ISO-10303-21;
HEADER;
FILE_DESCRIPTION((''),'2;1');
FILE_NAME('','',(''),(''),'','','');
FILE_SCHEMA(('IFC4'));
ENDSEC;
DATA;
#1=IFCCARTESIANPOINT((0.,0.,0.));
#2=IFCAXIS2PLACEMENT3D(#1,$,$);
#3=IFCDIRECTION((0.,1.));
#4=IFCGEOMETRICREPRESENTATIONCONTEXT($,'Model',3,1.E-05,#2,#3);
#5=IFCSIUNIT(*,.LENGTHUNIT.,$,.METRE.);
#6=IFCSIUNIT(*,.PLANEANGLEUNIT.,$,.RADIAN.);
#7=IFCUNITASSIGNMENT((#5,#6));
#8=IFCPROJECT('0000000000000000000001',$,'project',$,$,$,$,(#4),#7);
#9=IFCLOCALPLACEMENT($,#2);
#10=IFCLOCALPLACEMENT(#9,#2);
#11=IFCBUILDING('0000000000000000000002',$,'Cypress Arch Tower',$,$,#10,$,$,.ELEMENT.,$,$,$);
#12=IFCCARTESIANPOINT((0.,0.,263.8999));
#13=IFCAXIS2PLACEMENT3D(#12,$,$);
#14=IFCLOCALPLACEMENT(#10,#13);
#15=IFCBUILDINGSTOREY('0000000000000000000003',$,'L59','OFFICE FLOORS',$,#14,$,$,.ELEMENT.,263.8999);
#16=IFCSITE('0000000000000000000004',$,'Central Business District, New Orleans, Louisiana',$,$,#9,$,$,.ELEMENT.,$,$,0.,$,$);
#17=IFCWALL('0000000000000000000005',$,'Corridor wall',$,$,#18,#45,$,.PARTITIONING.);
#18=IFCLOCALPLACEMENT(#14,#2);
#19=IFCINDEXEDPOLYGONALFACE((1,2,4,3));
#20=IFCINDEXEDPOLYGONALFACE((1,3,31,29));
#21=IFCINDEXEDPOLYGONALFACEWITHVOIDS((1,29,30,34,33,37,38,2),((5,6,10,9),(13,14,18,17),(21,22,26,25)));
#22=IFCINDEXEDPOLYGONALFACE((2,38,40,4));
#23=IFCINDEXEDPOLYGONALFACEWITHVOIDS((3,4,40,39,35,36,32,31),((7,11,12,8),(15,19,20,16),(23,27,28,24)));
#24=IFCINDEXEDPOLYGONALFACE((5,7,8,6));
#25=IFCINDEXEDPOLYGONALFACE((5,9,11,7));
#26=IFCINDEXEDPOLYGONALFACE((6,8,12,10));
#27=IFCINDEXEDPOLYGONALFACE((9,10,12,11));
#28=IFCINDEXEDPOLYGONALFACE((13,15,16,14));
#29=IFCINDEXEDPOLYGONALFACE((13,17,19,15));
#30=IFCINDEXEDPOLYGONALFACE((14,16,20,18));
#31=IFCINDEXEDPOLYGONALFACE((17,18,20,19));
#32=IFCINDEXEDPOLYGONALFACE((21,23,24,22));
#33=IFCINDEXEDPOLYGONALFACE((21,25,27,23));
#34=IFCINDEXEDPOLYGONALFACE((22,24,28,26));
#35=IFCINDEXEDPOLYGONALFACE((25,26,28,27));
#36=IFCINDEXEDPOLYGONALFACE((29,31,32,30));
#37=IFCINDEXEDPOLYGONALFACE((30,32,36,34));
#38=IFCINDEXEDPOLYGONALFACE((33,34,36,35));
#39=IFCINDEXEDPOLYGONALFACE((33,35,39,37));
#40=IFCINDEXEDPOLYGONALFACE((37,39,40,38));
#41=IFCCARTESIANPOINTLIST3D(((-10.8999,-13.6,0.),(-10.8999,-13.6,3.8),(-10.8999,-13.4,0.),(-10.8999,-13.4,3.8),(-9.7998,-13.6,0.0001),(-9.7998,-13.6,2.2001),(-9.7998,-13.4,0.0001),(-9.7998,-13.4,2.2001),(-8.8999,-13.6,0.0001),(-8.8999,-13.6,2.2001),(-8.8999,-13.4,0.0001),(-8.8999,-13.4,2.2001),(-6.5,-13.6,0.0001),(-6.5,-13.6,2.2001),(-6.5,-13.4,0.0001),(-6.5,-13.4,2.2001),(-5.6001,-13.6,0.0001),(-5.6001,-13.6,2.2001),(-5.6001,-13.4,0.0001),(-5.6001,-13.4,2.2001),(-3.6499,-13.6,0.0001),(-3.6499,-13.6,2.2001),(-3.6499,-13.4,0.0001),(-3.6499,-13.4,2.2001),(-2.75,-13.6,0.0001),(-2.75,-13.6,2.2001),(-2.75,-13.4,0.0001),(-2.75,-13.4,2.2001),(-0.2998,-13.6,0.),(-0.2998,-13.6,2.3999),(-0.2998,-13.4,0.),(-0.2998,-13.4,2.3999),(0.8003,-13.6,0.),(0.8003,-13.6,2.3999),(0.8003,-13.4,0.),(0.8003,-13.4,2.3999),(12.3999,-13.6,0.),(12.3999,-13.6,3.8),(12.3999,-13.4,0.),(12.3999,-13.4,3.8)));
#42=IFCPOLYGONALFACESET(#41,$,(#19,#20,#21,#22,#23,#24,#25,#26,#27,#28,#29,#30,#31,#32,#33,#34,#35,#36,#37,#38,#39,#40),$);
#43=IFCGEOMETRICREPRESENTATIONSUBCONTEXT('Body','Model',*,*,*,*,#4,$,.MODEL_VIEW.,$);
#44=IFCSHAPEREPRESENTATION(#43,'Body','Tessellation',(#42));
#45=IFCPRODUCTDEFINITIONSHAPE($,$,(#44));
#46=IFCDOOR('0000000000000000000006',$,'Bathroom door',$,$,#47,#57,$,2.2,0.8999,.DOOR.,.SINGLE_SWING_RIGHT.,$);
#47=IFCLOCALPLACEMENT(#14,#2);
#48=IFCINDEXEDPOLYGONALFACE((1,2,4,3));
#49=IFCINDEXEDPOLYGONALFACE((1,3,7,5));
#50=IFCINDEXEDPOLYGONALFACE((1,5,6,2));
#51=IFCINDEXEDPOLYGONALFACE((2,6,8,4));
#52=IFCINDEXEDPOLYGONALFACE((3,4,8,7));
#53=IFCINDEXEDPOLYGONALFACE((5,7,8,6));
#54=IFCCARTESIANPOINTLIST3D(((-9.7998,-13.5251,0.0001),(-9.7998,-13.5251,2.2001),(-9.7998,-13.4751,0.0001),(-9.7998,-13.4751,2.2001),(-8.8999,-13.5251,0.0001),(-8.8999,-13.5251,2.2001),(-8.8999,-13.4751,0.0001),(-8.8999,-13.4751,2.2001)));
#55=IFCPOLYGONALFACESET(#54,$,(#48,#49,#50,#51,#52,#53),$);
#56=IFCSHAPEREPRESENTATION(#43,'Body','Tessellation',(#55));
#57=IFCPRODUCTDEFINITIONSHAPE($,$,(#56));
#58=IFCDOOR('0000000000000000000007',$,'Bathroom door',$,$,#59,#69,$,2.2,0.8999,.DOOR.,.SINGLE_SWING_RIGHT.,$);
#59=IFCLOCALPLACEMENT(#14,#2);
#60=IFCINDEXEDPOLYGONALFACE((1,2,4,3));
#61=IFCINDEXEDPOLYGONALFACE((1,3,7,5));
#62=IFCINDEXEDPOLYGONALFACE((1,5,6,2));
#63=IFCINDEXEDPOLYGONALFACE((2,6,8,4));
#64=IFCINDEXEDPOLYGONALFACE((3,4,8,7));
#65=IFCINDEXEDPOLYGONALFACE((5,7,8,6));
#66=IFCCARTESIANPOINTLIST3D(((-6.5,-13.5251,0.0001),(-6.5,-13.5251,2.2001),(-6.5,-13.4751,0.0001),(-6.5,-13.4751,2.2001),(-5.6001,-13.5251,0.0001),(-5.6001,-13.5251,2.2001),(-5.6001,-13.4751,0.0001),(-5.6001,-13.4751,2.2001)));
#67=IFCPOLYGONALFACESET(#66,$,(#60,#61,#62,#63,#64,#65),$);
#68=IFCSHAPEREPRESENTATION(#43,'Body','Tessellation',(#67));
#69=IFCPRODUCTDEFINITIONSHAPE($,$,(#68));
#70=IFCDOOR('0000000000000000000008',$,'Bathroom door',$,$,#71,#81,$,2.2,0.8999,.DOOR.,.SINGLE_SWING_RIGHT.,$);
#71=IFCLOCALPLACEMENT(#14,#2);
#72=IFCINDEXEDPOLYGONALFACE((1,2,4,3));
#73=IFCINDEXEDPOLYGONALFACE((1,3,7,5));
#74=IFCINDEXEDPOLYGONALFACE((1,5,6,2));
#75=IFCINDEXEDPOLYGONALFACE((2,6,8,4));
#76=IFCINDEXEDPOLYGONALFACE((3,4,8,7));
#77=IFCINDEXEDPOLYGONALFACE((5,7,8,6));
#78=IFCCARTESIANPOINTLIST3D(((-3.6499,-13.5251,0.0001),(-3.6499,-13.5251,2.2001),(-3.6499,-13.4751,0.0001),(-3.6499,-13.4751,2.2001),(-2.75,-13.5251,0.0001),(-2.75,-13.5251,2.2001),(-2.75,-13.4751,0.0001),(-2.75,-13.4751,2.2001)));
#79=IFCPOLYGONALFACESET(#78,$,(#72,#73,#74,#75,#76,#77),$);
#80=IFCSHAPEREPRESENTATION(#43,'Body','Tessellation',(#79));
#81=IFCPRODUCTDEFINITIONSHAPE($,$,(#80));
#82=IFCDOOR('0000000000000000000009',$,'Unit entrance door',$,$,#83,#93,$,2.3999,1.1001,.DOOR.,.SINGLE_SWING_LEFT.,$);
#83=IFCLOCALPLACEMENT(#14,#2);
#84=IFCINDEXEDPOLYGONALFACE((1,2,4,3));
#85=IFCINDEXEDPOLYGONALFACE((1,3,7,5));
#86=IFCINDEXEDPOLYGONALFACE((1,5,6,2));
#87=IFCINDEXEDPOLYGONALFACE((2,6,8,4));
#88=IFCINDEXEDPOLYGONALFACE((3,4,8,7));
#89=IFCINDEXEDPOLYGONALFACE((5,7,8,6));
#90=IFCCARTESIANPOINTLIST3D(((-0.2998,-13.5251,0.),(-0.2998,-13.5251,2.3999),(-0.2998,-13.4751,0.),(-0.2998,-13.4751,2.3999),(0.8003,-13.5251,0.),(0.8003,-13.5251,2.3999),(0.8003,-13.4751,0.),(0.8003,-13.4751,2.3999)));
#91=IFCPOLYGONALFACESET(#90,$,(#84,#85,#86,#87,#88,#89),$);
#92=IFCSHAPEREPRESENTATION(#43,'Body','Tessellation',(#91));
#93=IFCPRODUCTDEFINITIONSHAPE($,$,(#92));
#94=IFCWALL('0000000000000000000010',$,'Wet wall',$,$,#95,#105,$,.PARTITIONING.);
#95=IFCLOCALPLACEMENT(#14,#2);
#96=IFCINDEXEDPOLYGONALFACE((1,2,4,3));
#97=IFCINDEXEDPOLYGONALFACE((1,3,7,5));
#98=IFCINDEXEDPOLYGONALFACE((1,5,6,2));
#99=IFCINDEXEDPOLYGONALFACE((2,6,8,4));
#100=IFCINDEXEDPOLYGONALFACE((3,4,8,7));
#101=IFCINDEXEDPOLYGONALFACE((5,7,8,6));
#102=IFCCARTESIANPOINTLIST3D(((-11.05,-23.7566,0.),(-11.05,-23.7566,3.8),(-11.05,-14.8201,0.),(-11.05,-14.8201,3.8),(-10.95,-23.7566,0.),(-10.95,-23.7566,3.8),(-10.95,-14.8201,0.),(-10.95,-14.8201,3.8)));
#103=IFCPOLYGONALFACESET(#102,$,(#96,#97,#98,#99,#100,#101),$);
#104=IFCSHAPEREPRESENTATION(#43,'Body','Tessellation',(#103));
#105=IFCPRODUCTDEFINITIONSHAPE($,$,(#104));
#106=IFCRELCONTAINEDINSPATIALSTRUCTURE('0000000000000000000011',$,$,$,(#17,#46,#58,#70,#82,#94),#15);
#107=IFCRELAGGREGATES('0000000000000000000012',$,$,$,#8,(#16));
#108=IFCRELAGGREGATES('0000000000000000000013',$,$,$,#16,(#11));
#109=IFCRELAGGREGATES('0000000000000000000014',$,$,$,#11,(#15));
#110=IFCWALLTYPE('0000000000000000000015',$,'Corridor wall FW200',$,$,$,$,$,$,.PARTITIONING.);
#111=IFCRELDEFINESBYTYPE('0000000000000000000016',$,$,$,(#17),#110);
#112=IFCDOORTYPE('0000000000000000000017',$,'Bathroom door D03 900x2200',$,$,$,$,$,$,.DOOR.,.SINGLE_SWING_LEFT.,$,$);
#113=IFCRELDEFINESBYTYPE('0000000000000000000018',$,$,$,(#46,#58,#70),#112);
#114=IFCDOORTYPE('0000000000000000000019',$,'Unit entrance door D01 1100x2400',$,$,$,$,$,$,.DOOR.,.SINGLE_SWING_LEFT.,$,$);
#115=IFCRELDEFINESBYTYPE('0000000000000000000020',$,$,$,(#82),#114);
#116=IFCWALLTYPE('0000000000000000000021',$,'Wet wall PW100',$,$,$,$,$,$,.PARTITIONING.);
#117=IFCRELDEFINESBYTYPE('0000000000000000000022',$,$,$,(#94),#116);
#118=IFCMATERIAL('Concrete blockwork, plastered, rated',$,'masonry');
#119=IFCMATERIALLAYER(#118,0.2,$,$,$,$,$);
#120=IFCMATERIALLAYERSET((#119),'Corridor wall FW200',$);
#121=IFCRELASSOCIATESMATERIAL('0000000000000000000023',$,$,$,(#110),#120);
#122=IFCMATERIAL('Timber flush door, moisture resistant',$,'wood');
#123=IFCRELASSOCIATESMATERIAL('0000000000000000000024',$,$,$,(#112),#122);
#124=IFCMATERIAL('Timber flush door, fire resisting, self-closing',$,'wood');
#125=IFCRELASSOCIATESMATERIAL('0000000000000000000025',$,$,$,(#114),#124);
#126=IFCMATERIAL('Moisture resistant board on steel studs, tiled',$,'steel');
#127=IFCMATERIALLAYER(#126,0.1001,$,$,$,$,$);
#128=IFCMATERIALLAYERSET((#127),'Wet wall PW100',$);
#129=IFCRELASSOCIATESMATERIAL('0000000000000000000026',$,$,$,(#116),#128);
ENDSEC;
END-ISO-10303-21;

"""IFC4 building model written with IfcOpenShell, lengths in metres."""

from ifc_helpers import new_model, si_unit, direction, frame, frame_2d, origin, place, context, subcontext, project, spatial, rectangle, extrude, material, layer, layer_set, type_object, element, fill, save


model = new_model("IFC4")

# Units and contexts
model_context = context("Model", 3, precision=1e-05, world=origin(), true_north=direction((0.0, 1.0)))
body_context = subcontext(model_context, "Body", "Model", "MODEL_VIEW")
ifc_project = project(units=[si_unit("LENGTHUNIT", "METRE"), si_unit("PLANEANGLEUNIT", "RADIAN")], contexts=[model_context])

# Site, building, storey
site_placement = place(None, origin())
site = spatial("IfcSite", under=ifc_project, at=site_placement, Name="Central Business District, New Orleans, Louisiana", CompositionType="ELEMENT", RefElevation=0.0)
building_placement = place(site_placement, origin())
building = spatial("IfcBuilding", under=site, at=building_placement, Name="Cypress Arch Tower", CompositionType="ELEMENT")
storey_placement = place(building_placement, frame((0.0, 0.0, 263.8999)))
storey = spatial("IfcBuildingStorey", under=building, at=storey_placement, Name="L59", Description="OFFICE FLOORS", CompositionType="ELEMENT", Elevation=263.8999)

# Shared definitions
ifc_material_1 = material(Name="Concrete blockwork, plastered, rated", Category="masonry")
ifc_layer_1 = layer(ifc_material_1, 0.2)
ifc_layer_set_1 = layer_set([ifc_layer_1], Name="Corridor wall FW200")
wall_type_1 = type_object("IfcWallType", Name="Corridor wall FW200", PredefinedType="PARTITIONING", material=ifc_layer_set_1)

# Wall, openings, doors
wall_1_placement = place(storey_placement, frame((-10.8999, -13.5, 0.0), z_axis=(0.0, 0.0, 1.0), x_axis=(1.0, 0.0, 0.0)))
wall_1 = element("IfcWall", 1, at=wall_1_placement, inside=storey, type_object=wall_type_1, Name="Corridor wall", PredefinedType="PARTITIONING", context=body_context, shape_type="SweptSolid", body=[
    extrude(rectangle(XDim=23.2998, YDim=0.2, at=frame_2d((11.6499, 0.0))), origin(), (0.0, 0.0, 1.0), 3.8),
])
opening_1_placement = place(wall_1_placement, frame((1.1001, 0.0, 0.0)))
opening_1 = element("IfcOpeningElement", 2, at=opening_1_placement, cuts=wall_1, PredefinedType="OPENING", context=body_context, shape_type="SweptSolid", body=[
    extrude(rectangle(XDim=0.8999, YDim=2.2, at=frame_2d((0.45, 1.1001))), frame((0.0, 0.1099, 0.0), z_axis=(0.0, -1.0, 0.0), x_axis=(1.0, 0.0, 0.0)), (0.0, 0.0, 1.0), 0.22),
])
opening_2_placement = place(wall_1_placement, frame((4.3999, 0.0, 0.0)))
opening_2 = element("IfcOpeningElement", 3, at=opening_2_placement, cuts=wall_1, PredefinedType="OPENING", context=body_context, shape_type="SweptSolid", body=[
    extrude(rectangle(XDim=0.8999, YDim=2.2, at=frame_2d((0.45, 1.1001))), frame((0.0, 0.1099, 0.0), z_axis=(0.0, -1.0, 0.0), x_axis=(1.0, 0.0, 0.0)), (0.0, 0.0, 1.0), 0.22),
])
opening_3_placement = place(wall_1_placement, frame((7.25, 0.0, 0.0)))
opening_3 = element("IfcOpeningElement", 4, at=opening_3_placement, cuts=wall_1, PredefinedType="OPENING", context=body_context, shape_type="SweptSolid", body=[
    extrude(rectangle(XDim=0.8999, YDim=2.2, at=frame_2d((0.45, 1.1001))), frame((0.0, 0.1099, 0.0), z_axis=(0.0, -1.0, 0.0), x_axis=(1.0, 0.0, 0.0)), (0.0, 0.0, 1.0), 0.22),
])
opening_4_placement = place(wall_1_placement, frame((10.6001, 0.0, 0.0)))
opening_4 = element("IfcOpeningElement", 5, at=opening_4_placement, cuts=wall_1, PredefinedType="OPENING", context=body_context, shape_type="SweptSolid", body=[
    extrude(rectangle(XDim=1.1001, YDim=2.3999, at=frame_2d((0.55, 1.2))), frame((0.0, 0.1099, 0.0), z_axis=(0.0, -1.0, 0.0), x_axis=(1.0, 0.0, 0.0)), (0.0, 0.0, 1.0), 0.22),
])
ifc_material_2 = material(Name="Timber flush door, moisture resistant", Category="wood")
door_type_1 = type_object("IfcDoorType", Name="Bathroom door D03 900x2200", OperationType="SINGLE_SWING_LEFT", PredefinedType="DOOR", material=ifc_material_2)
door_1_placement = place(opening_1_placement, origin())
door_1 = element("IfcDoor", 6, at=door_1_placement, inside=storey, type_object=door_type_1, Name="Bathroom door", OperationType="SINGLE_SWING_RIGHT", OverallHeight=2.2, OverallWidth=0.8999, PredefinedType="DOOR", context=body_context, shape_type="SweptSolid", body=[
    extrude(rectangle(XDim=0.8999, YDim=2.2, at=frame_2d((0.45, 1.1001))), frame((0.0, 0.0249, 0.0), z_axis=(0.0, -1.0, 0.0), x_axis=(1.0, 0.0, 0.0)), (0.0, 0.0, 1.0), 0.05),
])
fill(opening_1, door_1)
door_2_placement = place(opening_2_placement, origin())
door_2 = element("IfcDoor", 7, at=door_2_placement, inside=storey, type_object=door_type_1, Name="Bathroom door", OperationType="SINGLE_SWING_RIGHT", OverallHeight=2.2, OverallWidth=0.8999, PredefinedType="DOOR", context=body_context, shape_type="SweptSolid", body=[
    extrude(rectangle(XDim=0.8999, YDim=2.2, at=frame_2d((0.45, 1.1001))), frame((0.0, 0.0249, 0.0), z_axis=(0.0, -1.0, 0.0), x_axis=(1.0, 0.0, 0.0)), (0.0, 0.0, 1.0), 0.05),
])
fill(opening_2, door_2)
door_3_placement = place(opening_3_placement, origin())
door_3 = element("IfcDoor", 8, at=door_3_placement, inside=storey, type_object=door_type_1, Name="Bathroom door", OperationType="SINGLE_SWING_RIGHT", OverallHeight=2.2, OverallWidth=0.8999, PredefinedType="DOOR", context=body_context, shape_type="SweptSolid", body=[
    extrude(rectangle(XDim=0.8999, YDim=2.2, at=frame_2d((0.45, 1.1001))), frame((0.0, 0.0249, 0.0), z_axis=(0.0, -1.0, 0.0), x_axis=(1.0, 0.0, 0.0)), (0.0, 0.0, 1.0), 0.05),
])
fill(opening_3, door_3)
ifc_material_3 = material(Name="Timber flush door, fire resisting, self-closing", Category="wood")
door_type_2 = type_object("IfcDoorType", Name="Unit entrance door D01 1100x2400", OperationType="SINGLE_SWING_LEFT", PredefinedType="DOOR", material=ifc_material_3)
door_4_placement = place(opening_4_placement, origin())
door_4 = element("IfcDoor", 9, at=door_4_placement, inside=storey, type_object=door_type_2, Name="Unit entrance door", OperationType="SINGLE_SWING_LEFT", OverallHeight=2.3999, OverallWidth=1.1001, PredefinedType="DOOR", context=body_context, shape_type="SweptSolid", body=[
    extrude(rectangle(XDim=1.1001, YDim=2.3999, at=frame_2d((0.55, 1.2))), frame((0.0, 0.0249, 0.0), z_axis=(0.0, -1.0, 0.0), x_axis=(1.0, 0.0, 0.0)), (0.0, 0.0, 1.0), 0.05),
])
fill(opening_4, door_4)

# Wall
ifc_material_4 = material(Name="Moisture resistant board on steel studs, tiled", Category="steel")
ifc_layer_2 = layer(ifc_material_4, 0.1001)
ifc_layer_set_2 = layer_set([ifc_layer_2], Name="Wet wall PW100")
wall_type_2 = type_object("IfcWallType", Name="Wet wall PW100", PredefinedType="PARTITIONING", material=ifc_layer_set_2)
wall_2_placement = place(storey_placement, frame((-11.0, -23.7566, 0.0), z_axis=(0.0, 0.0, 1.0), x_axis=(0.0, 1.0, 0.0)))
element("IfcWall", 10, at=wall_2_placement, inside=storey, type_object=wall_type_2, Name="Wet wall", PredefinedType="PARTITIONING", context=body_context, shape_type="SweptSolid", body=[
    extrude(rectangle(XDim=8.9365, YDim=0.1001, at=frame_2d((4.4683, 0.0))), origin(), (0.0, 0.0, 1.0), 3.8),
])

save(model, "model.ifc")
